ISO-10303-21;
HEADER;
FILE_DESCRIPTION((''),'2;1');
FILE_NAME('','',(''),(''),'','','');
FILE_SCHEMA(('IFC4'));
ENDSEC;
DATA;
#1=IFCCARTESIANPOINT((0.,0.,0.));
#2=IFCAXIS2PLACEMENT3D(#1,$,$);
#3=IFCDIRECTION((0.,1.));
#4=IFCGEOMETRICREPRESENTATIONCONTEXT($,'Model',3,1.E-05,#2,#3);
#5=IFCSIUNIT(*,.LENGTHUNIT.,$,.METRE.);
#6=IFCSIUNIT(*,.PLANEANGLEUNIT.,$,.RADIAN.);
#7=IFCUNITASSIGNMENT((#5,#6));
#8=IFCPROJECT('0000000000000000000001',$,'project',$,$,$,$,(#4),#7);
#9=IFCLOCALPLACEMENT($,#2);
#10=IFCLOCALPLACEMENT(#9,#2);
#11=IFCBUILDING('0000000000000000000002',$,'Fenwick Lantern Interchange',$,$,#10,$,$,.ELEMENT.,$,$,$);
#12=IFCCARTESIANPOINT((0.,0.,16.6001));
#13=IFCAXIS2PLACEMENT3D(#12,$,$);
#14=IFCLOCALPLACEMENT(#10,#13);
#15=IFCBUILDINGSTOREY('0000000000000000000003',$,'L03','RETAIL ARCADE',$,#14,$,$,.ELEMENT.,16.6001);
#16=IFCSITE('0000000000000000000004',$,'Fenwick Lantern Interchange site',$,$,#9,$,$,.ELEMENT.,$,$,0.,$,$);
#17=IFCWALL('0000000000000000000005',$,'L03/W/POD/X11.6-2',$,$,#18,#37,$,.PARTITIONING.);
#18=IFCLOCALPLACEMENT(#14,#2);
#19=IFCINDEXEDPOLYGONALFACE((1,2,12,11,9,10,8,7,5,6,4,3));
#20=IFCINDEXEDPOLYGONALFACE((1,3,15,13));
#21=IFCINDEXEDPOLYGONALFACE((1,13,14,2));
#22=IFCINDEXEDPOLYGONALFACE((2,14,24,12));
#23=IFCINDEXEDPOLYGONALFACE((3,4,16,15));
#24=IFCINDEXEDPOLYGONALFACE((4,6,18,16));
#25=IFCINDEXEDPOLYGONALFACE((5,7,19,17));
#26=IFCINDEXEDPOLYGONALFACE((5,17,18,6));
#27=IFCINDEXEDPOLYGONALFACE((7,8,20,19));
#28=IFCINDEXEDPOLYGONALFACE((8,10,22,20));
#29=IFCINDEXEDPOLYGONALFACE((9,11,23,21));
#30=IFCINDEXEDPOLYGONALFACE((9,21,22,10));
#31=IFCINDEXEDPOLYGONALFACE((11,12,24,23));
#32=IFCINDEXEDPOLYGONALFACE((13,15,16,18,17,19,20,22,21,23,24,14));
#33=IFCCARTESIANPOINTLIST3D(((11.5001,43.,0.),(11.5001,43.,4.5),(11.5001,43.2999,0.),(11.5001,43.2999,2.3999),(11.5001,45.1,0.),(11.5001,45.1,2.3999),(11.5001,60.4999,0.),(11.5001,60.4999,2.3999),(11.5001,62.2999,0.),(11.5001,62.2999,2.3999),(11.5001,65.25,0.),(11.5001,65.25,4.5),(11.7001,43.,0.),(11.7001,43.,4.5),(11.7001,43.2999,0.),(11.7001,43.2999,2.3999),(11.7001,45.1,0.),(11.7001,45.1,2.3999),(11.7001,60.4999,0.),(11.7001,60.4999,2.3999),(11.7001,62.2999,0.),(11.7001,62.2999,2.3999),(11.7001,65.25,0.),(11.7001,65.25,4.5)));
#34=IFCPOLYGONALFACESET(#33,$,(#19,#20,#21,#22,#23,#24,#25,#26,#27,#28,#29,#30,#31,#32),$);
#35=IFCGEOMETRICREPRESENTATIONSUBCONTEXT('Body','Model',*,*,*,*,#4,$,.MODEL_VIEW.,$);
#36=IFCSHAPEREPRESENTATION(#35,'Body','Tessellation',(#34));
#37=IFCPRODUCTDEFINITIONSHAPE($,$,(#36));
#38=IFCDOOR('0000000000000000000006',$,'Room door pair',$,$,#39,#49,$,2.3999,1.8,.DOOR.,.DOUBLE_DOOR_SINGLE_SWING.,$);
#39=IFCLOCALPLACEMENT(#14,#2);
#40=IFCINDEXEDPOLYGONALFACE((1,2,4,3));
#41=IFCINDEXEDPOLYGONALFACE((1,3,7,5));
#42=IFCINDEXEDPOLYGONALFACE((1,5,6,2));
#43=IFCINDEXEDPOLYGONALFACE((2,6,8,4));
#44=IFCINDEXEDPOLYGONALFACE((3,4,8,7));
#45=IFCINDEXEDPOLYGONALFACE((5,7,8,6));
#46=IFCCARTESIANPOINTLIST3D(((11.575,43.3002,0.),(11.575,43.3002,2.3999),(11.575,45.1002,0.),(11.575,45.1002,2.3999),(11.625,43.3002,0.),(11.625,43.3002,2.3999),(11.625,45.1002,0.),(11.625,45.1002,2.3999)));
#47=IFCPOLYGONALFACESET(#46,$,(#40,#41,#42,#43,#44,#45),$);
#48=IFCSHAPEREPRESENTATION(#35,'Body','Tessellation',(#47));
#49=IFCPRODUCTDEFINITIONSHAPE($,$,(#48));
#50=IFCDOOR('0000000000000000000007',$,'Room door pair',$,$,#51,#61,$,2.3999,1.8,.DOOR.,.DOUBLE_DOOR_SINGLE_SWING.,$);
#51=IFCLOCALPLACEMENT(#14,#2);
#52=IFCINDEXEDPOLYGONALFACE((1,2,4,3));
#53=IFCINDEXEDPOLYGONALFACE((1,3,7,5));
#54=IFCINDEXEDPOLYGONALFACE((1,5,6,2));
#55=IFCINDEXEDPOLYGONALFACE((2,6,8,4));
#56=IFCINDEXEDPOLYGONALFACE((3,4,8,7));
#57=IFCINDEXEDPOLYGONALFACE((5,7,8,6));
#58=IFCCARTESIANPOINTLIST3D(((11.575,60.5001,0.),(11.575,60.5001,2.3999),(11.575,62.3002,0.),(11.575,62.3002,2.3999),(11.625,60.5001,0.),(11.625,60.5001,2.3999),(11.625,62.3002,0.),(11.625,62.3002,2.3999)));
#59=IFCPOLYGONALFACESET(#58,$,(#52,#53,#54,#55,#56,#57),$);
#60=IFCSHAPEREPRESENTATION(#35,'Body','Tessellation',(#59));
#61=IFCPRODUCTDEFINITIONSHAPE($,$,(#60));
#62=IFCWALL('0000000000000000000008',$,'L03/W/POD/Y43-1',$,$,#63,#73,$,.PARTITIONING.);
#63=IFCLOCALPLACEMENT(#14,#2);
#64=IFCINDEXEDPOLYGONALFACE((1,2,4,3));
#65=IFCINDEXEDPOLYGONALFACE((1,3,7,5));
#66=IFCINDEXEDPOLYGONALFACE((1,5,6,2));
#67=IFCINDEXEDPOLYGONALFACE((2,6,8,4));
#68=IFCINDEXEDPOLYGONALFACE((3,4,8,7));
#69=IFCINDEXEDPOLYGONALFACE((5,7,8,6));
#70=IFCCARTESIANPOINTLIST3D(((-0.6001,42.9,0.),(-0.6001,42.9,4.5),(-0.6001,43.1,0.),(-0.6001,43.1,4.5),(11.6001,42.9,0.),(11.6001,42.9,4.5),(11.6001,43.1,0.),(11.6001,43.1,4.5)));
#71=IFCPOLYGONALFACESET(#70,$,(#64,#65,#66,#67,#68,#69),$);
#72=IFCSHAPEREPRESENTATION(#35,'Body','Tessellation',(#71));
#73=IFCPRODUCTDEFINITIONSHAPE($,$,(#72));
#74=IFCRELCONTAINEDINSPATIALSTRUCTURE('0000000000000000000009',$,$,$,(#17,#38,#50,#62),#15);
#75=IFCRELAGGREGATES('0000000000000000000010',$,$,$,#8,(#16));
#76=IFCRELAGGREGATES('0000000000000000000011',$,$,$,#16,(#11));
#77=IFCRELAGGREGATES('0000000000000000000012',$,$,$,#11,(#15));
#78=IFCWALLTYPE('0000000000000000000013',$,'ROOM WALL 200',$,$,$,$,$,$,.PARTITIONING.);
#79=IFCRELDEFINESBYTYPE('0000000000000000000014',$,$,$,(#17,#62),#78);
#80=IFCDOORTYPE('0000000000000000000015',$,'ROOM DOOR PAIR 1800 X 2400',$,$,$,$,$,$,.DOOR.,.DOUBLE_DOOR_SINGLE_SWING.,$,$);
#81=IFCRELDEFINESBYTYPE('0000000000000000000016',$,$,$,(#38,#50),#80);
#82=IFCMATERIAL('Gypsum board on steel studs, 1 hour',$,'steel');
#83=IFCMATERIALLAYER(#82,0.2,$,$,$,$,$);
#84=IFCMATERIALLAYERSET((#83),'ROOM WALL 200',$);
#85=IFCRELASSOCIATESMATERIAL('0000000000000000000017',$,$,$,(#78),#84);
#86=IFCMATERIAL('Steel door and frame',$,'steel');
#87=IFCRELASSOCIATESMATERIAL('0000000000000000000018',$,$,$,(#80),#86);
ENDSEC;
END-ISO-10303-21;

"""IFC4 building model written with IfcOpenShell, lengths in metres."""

from ifc_helpers import new_model, si_unit, direction, frame, frame_2d, origin, place, context, subcontext, project, spatial, rectangle, extrude, material, layer, layer_set, type_object, element, fill, save


model = new_model("IFC4")

# Units and contexts
model_context = context("Model", 3, precision=1e-05, world=origin(), true_north=direction((0.0, 1.0)))
body_context = subcontext(model_context, "Body", "Model", "MODEL_VIEW")
ifc_project = project(units=[si_unit("LENGTHUNIT", "METRE"), si_unit("PLANEANGLEUNIT", "RADIAN")], contexts=[model_context])

# Site, building, storey
site_placement = place(None, origin())
site = spatial("IfcSite", under=ifc_project, at=site_placement, Name="Fenwick Lantern Interchange site", CompositionType="ELEMENT", RefElevation=0.0)
building_placement = place(site_placement, origin())
building = spatial("IfcBuilding", under=site, at=building_placement, Name="Fenwick Lantern Interchange", CompositionType="ELEMENT")
storey_placement = place(building_placement, frame((0.0, 0.0, 16.6001)))
storey = spatial("IfcBuildingStorey", under=building, at=storey_placement, Name="L03", Description="RETAIL ARCADE", CompositionType="ELEMENT", Elevation=16.6001)

# Wall, openings, doors
ifc_material_1 = material(Name="Gypsum board on steel studs, 1 hour", Category="steel")
ifc_layer = layer(ifc_material_1, 0.2)
ifc_layer_set = layer_set([ifc_layer], Name="ROOM WALL 200")
wall_type = type_object("IfcWallType", Name="ROOM WALL 200", PredefinedType="PARTITIONING", material=ifc_layer_set)
wall_1_placement = place(storey_placement, frame((11.6001, 43.0, 0.0), z_axis=(0.0, 0.0, 1.0), x_axis=(0.0, 1.0, 0.0)))
wall_1 = element("IfcWall", 1, at=wall_1_placement, inside=storey, type_object=wall_type, Name="L03/W/POD/X11.6-2", PredefinedType="PARTITIONING", context=body_context, shape_type="SweptSolid", body=[
    extrude(rectangle(XDim=22.25, YDim=0.2, at=frame_2d((11.125, 0.0))), origin(), (0.0, 0.0, 1.0), 4.5),
])
opening_1_placement = place(wall_1_placement, frame((0.3, 0.0, 0.0)))
opening_1 = element("IfcOpeningElement", 2, at=opening_1_placement, cuts=wall_1, PredefinedType="OPENING", context=body_context, shape_type="SweptSolid", body=[
    extrude(rectangle(XDim=1.8, YDim=2.3999, at=frame_2d((0.8999, 1.2))), frame((0.0, 0.1099, 0.0), z_axis=(0.0, -1.0, 0.0), x_axis=(1.0, 0.0, 0.0)), (0.0, 0.0, 1.0), 0.22),
])
opening_2_placement = place(wall_1_placement, frame((17.5, 0.0, 0.0)))
opening_2 = element("IfcOpeningElement", 3, at=opening_2_placement, cuts=wall_1, PredefinedType="OPENING", context=body_context, shape_type="SweptSolid", body=[
    extrude(rectangle(XDim=1.8, YDim=2.3999, at=frame_2d((0.8999, 1.2))), frame((0.0, 0.1099, 0.0), z_axis=(0.0, -1.0, 0.0), x_axis=(1.0, 0.0, 0.0)), (0.0, 0.0, 1.0), 0.22),
])
ifc_material_2 = material(Name="Steel door and frame", Category="steel")
door_type = type_object("IfcDoorType", Name="ROOM DOOR PAIR 1800 X 2400", OperationType="DOUBLE_DOOR_SINGLE_SWING", PredefinedType="DOOR", material=ifc_material_2)
door_1_placement = place(opening_1_placement, frame((1.8, 0.0, 0.0), z_axis=(0.0, 0.0, 1.0), x_axis=(-1.0, 0.0, 0.0)))
door_1 = element("IfcDoor", 4, at=door_1_placement, inside=storey, type_object=door_type, Name="Room door pair", OperationType="DOUBLE_DOOR_SINGLE_SWING", OverallHeight=2.3999, OverallWidth=1.8, PredefinedType="DOOR", context=body_context, shape_type="SweptSolid", body=[
    extrude(rectangle(XDim=1.8, YDim=2.3999, at=frame_2d((0.8999, 1.2))), frame((0.0, 0.0249, 0.0), z_axis=(0.0, -1.0, 0.0), x_axis=(1.0, 0.0, 0.0)), (0.0, 0.0, 1.0), 0.05),
])
fill(opening_1, door_1)
door_2_placement = place(opening_2_placement, frame((1.8, 0.0, 0.0), z_axis=(0.0, 0.0, 1.0), x_axis=(-1.0, 0.0, 0.0)))
door_2 = element("IfcDoor", 5, at=door_2_placement, inside=storey, type_object=door_type, Name="Room door pair", OperationType="DOUBLE_DOOR_SINGLE_SWING", OverallHeight=2.3999, OverallWidth=1.8, PredefinedType="DOOR", context=body_context, shape_type="SweptSolid", body=[
    extrude(rectangle(XDim=1.8, YDim=2.3999, at=frame_2d((0.8999, 1.2))), frame((0.0, 0.0249, 0.0), z_axis=(0.0, -1.0, 0.0), x_axis=(1.0, 0.0, 0.0)), (0.0, 0.0, 1.0), 0.05),
])
fill(opening_2, door_2)

# Wall
wall_2_placement = place(storey_placement, frame((-0.6001, 43.0, 0.0), z_axis=(0.0, 0.0, 1.0), x_axis=(1.0, 0.0, 0.0)))
element("IfcWall", 6, at=wall_2_placement, inside=storey, type_object=wall_type, Name="L03/W/POD/Y43-1", PredefinedType="PARTITIONING", context=body_context, shape_type="SweptSolid", body=[
    extrude(rectangle(XDim=12.2002, YDim=0.2, at=frame_2d((6.1001, 0.0))), origin(), (0.0, 0.0, 1.0), 4.5),
])

save(model, "model.ifc")
